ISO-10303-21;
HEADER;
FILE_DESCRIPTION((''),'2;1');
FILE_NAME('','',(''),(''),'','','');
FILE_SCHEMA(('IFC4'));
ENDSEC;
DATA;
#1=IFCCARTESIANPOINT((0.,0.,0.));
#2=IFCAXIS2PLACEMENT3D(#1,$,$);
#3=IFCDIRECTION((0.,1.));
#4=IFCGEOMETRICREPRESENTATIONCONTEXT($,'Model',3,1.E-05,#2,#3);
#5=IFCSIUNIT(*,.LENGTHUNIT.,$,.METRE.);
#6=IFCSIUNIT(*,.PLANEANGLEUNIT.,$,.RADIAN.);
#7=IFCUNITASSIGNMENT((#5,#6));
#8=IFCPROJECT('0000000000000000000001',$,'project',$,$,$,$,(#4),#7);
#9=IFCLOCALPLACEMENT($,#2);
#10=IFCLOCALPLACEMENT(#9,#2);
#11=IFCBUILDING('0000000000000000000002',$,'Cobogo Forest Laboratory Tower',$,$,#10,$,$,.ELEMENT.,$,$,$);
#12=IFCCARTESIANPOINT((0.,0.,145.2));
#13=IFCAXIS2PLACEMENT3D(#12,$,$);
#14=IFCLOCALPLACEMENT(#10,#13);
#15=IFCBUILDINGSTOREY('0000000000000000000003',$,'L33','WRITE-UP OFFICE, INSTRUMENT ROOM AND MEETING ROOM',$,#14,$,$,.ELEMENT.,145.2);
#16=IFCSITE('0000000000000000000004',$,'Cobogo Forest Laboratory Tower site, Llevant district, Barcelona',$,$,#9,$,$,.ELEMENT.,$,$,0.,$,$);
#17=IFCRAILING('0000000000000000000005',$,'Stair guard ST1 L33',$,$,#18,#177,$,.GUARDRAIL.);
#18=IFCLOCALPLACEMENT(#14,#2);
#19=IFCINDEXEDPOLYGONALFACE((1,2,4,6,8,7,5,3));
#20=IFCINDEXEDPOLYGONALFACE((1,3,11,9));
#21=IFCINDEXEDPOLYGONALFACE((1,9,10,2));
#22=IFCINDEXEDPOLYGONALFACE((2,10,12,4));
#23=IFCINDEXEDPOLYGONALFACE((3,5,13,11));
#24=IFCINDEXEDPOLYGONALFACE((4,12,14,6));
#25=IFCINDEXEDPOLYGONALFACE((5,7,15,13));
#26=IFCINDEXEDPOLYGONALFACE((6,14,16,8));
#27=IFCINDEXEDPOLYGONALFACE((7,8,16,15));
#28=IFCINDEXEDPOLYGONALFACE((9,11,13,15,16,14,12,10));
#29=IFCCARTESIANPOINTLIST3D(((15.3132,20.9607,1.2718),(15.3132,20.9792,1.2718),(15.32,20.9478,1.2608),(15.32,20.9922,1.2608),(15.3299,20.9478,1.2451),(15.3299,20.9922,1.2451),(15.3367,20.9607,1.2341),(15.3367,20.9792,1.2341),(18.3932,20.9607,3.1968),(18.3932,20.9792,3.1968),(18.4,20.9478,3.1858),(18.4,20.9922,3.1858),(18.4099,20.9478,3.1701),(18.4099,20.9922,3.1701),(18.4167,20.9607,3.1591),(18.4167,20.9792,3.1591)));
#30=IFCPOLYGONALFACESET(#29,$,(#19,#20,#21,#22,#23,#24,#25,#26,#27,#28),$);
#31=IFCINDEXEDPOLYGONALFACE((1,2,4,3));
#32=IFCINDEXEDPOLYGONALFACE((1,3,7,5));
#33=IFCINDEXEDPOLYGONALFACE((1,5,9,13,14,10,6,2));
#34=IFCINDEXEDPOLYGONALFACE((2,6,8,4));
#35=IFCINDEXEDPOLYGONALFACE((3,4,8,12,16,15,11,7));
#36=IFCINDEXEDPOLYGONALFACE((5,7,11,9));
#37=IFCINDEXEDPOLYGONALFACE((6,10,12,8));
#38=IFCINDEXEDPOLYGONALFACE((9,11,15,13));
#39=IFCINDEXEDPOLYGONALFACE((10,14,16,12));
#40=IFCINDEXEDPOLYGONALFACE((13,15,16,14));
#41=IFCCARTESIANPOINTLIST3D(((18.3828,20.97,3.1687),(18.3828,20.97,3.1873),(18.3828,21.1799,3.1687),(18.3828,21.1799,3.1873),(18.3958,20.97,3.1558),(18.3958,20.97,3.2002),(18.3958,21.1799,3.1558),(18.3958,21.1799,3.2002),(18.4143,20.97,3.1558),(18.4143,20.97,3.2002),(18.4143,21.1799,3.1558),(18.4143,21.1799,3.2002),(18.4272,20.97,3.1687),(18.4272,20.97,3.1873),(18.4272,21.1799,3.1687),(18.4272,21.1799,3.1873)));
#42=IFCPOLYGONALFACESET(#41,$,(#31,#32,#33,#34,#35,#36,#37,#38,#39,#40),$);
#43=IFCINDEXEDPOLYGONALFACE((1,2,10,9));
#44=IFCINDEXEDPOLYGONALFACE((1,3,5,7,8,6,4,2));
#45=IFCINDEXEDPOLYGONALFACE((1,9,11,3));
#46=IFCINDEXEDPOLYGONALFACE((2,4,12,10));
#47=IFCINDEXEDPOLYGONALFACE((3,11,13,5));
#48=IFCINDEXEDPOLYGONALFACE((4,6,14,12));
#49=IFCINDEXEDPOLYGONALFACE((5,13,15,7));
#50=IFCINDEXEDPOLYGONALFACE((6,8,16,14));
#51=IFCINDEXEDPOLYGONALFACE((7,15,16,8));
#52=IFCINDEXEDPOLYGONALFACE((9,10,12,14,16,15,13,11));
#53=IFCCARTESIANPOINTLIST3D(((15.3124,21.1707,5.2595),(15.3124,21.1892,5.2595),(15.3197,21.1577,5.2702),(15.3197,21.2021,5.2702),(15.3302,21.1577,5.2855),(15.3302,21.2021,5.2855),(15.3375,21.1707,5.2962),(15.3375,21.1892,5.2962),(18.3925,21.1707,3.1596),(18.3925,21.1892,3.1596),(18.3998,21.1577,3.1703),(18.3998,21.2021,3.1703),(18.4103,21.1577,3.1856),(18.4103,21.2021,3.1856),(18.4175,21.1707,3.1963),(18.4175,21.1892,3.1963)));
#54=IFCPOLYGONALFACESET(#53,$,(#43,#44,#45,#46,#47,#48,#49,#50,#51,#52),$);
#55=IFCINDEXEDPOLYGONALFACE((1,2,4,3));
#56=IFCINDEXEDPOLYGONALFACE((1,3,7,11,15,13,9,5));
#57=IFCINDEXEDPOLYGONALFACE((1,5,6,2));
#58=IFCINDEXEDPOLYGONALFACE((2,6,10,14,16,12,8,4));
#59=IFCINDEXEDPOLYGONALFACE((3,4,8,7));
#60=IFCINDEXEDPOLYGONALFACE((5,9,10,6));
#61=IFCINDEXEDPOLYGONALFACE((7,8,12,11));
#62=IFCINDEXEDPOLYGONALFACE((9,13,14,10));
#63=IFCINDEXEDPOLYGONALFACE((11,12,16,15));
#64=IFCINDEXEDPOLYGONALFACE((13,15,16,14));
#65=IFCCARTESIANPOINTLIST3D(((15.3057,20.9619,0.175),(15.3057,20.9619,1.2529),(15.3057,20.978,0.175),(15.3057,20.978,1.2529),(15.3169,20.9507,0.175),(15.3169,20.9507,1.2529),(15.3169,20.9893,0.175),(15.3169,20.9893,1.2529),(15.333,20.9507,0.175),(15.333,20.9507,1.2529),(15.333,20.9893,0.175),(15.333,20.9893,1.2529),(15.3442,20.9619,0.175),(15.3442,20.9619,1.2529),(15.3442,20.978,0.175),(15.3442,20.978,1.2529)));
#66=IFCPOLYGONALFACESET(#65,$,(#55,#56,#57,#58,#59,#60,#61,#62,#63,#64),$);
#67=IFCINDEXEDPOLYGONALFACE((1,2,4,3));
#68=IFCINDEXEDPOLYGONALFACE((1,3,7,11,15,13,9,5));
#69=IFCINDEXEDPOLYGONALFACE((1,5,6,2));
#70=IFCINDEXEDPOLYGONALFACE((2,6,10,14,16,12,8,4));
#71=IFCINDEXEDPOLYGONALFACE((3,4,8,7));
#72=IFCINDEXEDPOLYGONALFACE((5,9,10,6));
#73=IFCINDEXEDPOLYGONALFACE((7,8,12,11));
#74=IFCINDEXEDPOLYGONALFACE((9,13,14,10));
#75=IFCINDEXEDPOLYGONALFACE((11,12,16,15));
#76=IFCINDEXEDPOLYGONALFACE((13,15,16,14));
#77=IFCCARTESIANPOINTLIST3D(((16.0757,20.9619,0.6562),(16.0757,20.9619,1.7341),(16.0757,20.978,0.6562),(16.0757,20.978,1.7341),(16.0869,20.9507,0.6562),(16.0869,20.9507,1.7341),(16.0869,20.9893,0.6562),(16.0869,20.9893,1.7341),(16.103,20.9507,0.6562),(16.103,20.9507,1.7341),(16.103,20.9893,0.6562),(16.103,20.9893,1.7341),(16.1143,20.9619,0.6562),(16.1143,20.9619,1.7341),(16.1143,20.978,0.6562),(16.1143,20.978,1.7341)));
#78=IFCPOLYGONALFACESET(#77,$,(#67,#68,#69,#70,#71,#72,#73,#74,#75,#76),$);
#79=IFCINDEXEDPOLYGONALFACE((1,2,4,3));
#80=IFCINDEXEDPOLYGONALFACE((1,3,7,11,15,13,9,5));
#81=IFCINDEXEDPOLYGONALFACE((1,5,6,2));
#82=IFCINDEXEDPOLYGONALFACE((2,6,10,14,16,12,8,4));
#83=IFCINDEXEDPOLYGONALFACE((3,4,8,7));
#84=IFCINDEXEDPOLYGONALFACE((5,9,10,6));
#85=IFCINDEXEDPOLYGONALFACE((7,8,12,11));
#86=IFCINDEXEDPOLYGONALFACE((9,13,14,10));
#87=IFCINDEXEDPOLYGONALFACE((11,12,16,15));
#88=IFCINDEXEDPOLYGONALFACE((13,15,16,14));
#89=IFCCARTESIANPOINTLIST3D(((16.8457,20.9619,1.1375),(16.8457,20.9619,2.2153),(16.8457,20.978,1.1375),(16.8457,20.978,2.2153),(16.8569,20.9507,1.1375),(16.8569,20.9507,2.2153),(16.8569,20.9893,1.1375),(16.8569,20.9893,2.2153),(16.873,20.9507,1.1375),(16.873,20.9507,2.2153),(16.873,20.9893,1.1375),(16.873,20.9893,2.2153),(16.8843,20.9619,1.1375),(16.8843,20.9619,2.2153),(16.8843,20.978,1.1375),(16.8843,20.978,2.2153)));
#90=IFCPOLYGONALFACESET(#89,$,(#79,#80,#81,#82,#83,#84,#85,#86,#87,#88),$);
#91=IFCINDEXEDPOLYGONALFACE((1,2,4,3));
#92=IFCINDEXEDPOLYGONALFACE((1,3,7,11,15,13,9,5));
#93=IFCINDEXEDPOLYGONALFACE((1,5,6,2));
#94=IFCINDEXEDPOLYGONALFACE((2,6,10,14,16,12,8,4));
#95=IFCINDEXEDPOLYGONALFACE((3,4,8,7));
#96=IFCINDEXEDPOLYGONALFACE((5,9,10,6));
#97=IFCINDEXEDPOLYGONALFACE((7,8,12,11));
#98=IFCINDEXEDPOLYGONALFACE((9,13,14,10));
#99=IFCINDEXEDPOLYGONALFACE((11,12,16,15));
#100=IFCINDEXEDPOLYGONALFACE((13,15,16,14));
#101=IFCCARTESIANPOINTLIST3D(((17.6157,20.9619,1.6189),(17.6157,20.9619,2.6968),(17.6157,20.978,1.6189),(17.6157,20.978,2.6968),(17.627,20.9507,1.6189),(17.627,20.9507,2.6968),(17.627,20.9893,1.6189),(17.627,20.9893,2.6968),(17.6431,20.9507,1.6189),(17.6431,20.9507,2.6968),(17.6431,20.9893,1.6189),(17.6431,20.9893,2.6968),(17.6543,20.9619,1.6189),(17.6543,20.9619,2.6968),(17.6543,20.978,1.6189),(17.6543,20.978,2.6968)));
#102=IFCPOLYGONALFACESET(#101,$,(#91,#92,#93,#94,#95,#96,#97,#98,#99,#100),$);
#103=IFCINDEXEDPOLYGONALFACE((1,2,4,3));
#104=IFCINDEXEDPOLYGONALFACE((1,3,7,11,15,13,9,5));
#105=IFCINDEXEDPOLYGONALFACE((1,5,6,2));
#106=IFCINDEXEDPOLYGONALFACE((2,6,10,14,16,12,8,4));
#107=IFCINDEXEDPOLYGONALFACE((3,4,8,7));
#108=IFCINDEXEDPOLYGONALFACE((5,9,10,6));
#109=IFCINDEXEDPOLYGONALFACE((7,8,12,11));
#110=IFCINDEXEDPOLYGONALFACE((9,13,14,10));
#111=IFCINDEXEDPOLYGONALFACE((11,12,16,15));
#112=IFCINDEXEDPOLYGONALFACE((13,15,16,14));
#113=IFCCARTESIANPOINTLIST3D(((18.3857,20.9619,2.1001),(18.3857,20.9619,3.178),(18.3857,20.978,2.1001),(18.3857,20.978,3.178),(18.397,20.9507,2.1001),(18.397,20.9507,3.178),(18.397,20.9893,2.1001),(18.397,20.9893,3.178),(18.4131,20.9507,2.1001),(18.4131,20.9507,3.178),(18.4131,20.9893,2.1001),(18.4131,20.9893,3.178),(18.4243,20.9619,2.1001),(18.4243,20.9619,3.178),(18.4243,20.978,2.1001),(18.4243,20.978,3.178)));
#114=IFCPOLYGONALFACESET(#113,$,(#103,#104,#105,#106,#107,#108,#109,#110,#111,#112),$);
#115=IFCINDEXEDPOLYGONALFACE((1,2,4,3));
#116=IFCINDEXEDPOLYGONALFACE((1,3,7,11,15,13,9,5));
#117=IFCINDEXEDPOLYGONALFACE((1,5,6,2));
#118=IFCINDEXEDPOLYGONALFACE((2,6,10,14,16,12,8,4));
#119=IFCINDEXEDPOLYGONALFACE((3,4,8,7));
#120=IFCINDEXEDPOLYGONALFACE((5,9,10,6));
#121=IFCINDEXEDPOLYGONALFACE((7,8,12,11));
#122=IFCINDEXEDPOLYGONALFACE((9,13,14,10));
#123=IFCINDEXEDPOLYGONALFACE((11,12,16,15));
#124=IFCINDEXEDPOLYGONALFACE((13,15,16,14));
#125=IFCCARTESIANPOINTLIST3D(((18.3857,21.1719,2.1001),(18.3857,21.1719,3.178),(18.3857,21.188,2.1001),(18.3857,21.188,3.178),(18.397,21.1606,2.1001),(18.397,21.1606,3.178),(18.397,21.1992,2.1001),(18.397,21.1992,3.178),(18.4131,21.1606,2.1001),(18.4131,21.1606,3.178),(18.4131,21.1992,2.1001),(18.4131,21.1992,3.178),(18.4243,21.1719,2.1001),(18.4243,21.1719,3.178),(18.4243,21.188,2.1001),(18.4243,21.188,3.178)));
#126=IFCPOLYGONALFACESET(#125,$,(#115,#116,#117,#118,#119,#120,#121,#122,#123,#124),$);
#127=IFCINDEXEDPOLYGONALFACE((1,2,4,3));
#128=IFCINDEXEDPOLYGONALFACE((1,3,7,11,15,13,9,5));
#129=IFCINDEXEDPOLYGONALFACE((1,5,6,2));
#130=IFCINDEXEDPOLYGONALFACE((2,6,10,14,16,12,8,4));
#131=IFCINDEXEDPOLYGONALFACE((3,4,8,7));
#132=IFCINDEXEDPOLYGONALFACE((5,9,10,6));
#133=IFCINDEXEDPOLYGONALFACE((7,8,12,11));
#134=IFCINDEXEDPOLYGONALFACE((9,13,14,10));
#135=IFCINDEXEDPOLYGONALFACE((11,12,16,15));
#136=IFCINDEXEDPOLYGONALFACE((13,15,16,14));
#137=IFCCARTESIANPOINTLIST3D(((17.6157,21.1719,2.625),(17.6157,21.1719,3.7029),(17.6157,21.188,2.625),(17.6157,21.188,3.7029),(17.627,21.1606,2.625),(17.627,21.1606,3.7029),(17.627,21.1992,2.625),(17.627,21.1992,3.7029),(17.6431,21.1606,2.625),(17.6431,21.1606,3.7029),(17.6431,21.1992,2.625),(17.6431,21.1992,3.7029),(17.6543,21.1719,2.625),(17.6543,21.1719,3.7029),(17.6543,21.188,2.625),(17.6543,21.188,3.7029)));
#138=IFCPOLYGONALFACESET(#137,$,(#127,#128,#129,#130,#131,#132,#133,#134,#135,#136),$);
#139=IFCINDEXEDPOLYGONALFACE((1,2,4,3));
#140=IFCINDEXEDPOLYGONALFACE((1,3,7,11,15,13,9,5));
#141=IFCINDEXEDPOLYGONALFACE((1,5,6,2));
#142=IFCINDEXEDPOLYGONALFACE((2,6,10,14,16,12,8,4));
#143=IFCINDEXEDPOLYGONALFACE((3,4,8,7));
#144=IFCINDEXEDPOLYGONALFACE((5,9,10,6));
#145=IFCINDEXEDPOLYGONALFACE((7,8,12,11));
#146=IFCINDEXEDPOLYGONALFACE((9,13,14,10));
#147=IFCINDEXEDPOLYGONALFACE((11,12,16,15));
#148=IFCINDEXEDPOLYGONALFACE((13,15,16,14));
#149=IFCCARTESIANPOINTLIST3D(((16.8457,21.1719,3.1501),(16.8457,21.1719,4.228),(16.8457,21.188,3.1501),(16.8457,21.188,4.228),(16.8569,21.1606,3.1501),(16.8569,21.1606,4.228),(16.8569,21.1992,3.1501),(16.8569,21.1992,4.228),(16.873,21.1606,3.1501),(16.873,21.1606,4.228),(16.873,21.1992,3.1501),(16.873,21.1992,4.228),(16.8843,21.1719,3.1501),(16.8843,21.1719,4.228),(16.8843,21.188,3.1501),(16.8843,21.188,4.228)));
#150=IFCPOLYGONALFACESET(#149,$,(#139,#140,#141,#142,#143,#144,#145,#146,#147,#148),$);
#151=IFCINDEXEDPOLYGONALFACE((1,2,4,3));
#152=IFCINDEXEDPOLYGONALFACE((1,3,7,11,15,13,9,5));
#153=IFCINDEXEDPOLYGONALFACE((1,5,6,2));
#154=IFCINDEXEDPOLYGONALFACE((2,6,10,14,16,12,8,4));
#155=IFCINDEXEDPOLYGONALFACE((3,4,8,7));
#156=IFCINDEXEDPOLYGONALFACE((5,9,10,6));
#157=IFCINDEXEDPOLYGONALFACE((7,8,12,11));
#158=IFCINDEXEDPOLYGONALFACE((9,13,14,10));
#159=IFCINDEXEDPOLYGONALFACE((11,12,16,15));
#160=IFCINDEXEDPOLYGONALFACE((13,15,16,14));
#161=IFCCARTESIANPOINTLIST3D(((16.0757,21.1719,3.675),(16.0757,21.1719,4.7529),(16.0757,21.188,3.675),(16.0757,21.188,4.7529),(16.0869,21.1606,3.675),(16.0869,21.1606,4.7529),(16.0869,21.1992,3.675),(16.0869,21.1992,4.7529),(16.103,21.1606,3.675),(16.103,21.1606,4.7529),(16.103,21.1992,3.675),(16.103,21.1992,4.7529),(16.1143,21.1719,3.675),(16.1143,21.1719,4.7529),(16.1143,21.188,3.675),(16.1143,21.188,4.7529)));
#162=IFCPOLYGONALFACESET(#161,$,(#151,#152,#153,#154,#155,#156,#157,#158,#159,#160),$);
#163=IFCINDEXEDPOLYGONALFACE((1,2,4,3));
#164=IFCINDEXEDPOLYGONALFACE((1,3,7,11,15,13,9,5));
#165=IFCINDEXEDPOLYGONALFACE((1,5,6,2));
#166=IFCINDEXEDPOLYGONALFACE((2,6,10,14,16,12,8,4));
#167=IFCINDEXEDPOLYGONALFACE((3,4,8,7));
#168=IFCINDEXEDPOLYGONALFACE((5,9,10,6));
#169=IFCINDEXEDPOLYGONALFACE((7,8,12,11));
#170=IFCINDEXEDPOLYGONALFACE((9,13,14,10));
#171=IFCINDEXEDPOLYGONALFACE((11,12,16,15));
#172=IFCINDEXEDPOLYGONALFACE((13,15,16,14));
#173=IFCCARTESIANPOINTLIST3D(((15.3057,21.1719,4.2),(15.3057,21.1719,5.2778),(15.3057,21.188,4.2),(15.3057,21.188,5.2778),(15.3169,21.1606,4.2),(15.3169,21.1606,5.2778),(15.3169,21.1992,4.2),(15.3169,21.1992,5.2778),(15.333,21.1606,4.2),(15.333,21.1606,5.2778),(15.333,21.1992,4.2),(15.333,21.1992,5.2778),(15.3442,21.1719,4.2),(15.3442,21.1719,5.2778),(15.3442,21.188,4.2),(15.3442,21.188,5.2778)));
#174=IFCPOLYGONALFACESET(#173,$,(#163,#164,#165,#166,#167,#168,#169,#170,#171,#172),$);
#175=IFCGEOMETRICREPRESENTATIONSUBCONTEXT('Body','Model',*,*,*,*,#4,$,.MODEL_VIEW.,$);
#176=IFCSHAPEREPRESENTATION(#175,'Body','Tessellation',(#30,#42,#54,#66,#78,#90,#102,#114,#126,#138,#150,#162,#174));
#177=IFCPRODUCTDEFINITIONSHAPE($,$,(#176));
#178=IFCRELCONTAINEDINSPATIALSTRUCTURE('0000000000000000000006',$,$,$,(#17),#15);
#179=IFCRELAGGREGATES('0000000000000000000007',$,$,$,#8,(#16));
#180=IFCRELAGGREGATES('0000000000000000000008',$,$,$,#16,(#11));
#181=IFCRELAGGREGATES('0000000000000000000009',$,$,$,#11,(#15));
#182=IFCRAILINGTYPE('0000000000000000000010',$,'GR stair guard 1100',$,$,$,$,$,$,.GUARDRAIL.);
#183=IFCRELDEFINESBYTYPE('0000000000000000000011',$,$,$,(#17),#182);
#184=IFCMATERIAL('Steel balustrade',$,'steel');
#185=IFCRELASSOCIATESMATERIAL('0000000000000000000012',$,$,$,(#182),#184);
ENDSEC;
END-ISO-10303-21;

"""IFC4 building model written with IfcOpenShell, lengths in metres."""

from ifc_helpers import new_model, si_unit, direction, frame, origin, place, context, subcontext, project, spatial, polyline, outline, extrude, material, type_object, element, save


model = new_model("IFC4")

# Units and contexts
model_context = context("Model", 3, precision=1e-05, world=origin(), true_north=direction((0.0, 1.0)))
body_context = subcontext(model_context, "Body", "Model", "MODEL_VIEW")
ifc_project = project(units=[si_unit("LENGTHUNIT", "METRE"), si_unit("PLANEANGLEUNIT", "RADIAN")], contexts=[model_context])

# Site, building, storey
site_placement = place(None, origin())
site = spatial("IfcSite", under=ifc_project, at=site_placement, Name="Cobogo Forest Laboratory Tower site, Llevant district, Barcelona", CompositionType="ELEMENT", RefElevation=0.0)
building_placement = place(site_placement, origin())
building = spatial("IfcBuilding", under=site, at=building_placement, Name="Cobogo Forest Laboratory Tower", CompositionType="ELEMENT")
storey_placement = place(building_placement, frame((0.0, 0.0, 145.2)))
storey = spatial("IfcBuildingStorey", under=building, at=storey_placement, Name="L33", Description="WRITE-UP OFFICE, INSTRUMENT ROOM AND MEETING ROOM", CompositionType="ELEMENT", Elevation=145.2)

# Railing
ifc_material_1 = material(Name="Steel balustrade", Category="steel")
railing_type_1 = type_object("IfcRailingType", Name="GR stair guard 1100", PredefinedType="GUARDRAIL", material=ifc_material_1)
railing_1_placement = place(storey_placement, frame((15.325, 20.97, 0.175)))
element("IfcRailing", 1, at=railing_1_placement, inside=storey, type_object=railing_type_1, Name="Stair guard ST1 L33", PredefinedType="GUARDRAIL", context=body_context, shape_type="SweptSolid", body=[
    extrude(outline(polyline([(0.0222, 0.0093), (0.0093, 0.0222), (-0.0093, 0.0222), (-0.0222, 0.0093), (-0.0222, -0.0093), (-0.0093, -0.0222), (0.0093, -0.0222), (0.0222, -0.0093), (0.0222, 0.0093)])), frame((0.0, 0.0, 1.0779), z_axis=(0.847998, 0.0, 0.529999), x_axis=(0.0, 1.0, 0.0)), (0.0, 0.0, 1.0), 3.6321),
    extrude(outline(polyline([(0.0222, 0.0093), (0.0093, 0.0222), (-0.0093, 0.0222), (-0.0222, 0.0093), (-0.0222, -0.0093), (-0.0093, -0.0222), (0.0093, -0.0222), (0.0222, -0.0093), (0.0222, 0.0093)])), frame((3.0801, 0.0, 3.0029), z_axis=(0.0, 1.0, 0.0), x_axis=(-1.0, 0.0, 0.0)), (0.0, 0.0, 1.0), 0.21),
    extrude(outline(polyline([(0.0222, 0.0093), (0.0093, 0.0222), (-0.0093, 0.0222), (-0.0222, 0.0093), (-0.0222, -0.0093), (-0.0093, -0.0222), (0.0093, -0.0222), (0.0222, -0.0093), (0.0222, 0.0093)])), frame((3.0801, 0.21, 3.0029), z_axis=(-0.826252, 0.0, 0.5633), x_axis=(0.0, -1.0, 0.0)), (0.0, 0.0, 1.0), 3.7278),
    extrude(outline(polyline([(0.0193, 0.0081), (0.0081, 0.0193), (-0.0081, 0.0193), (-0.0193, 0.0081), (-0.0193, -0.0081), (-0.0081, -0.0193), (0.0081, -0.0193), (0.0193, -0.0081), (0.0193, 0.0081)])), origin(), (0.0, 0.0, 1.0), 1.0779),
    extrude(outline(polyline([(0.0193, 0.0081), (0.0081, 0.0193), (-0.0081, 0.0193), (-0.0193, 0.0081), (-0.0193, -0.0081), (-0.0081, -0.0193), (0.0081, -0.0193), (0.0193, -0.0081), (0.0193, 0.0081)])), frame((0.77, 0.0, 0.4812)), (0.0, 0.0, 1.0), 1.0779),
    extrude(outline(polyline([(0.0193, 0.0081), (0.0081, 0.0193), (-0.0081, 0.0193), (-0.0193, 0.0081), (-0.0193, -0.0081), (-0.0081, -0.0193), (0.0081, -0.0193), (0.0193, -0.0081), (0.0193, 0.0081)])), frame((1.54, 0.0, 0.9624)), (0.0, 0.0, 1.0), 1.0779),
    extrude(outline(polyline([(0.0193, 0.0081), (0.0081, 0.0193), (-0.0081, 0.0193), (-0.0193, 0.0081), (-0.0193, -0.0081), (-0.0081, -0.0193), (0.0081, -0.0193), (0.0193, -0.0081), (0.0193, 0.0081)])), frame((2.3101, 0.0, 1.4438)), (0.0, 0.0, 1.0), 1.0779),
    extrude(outline(polyline([(0.0193, 0.0081), (0.0081, 0.0193), (-0.0081, 0.0193), (-0.0193, 0.0081), (-0.0193, -0.0081), (-0.0081, -0.0193), (0.0081, -0.0193), (0.0193, -0.0081), (0.0193, 0.0081)])), frame((3.0801, 0.0, 1.925)), (0.0, 0.0, 1.0), 1.0779),
    extrude(outline(polyline([(0.0193, 0.0081), (0.0081, 0.0193), (-0.0081, 0.0193), (-0.0193, 0.0081), (-0.0193, -0.0081), (-0.0081, -0.0193), (0.0081, -0.0193), (0.0193, -0.0081), (0.0193, 0.0081)])), frame((3.0801, 0.21, 1.925)), (0.0, 0.0, 1.0), 1.0779),
    extrude(outline(polyline([(0.0193, 0.0081), (0.0081, 0.0193), (-0.0081, 0.0193), (-0.0193, 0.0081), (-0.0193, -0.0081), (-0.0081, -0.0193), (0.0081, -0.0193), (0.0193, -0.0081), (0.0193, 0.0081)])), frame((2.3101, 0.21, 2.45)), (0.0, 0.0, 1.0), 1.0779),
    extrude(outline(polyline([(0.0193, 0.0081), (0.0081, 0.0193), (-0.0081, 0.0193), (-0.0193, 0.0081), (-0.0193, -0.0081), (-0.0081, -0.0193), (0.0081, -0.0193), (0.0193, -0.0081), (0.0193, 0.0081)])), frame((1.54, 0.21, 2.9751)), (0.0, 0.0, 1.0), 1.0779),
    extrude(outline(polyline([(0.0193, 0.0081), (0.0081, 0.0193), (-0.0081, 0.0193), (-0.0193, 0.0081), (-0.0193, -0.0081), (-0.0081, -0.0193), (0.0081, -0.0193), (0.0193, -0.0081), (0.0193, 0.0081)])), frame((0.77, 0.21, 3.5)), (0.0, 0.0, 1.0), 1.0779),
    extrude(outline(polyline([(0.0193, 0.0081), (0.0081, 0.0193), (-0.0081, 0.0193), (-0.0193, 0.0081), (-0.0193, -0.0081), (-0.0081, -0.0193), (0.0081, -0.0193), (0.0193, -0.0081), (0.0193, 0.0081)])), frame((0.0, 0.21, 4.0249)), (0.0, 0.0, 1.0), 1.0779),
])

save(model, "model.ifc")
